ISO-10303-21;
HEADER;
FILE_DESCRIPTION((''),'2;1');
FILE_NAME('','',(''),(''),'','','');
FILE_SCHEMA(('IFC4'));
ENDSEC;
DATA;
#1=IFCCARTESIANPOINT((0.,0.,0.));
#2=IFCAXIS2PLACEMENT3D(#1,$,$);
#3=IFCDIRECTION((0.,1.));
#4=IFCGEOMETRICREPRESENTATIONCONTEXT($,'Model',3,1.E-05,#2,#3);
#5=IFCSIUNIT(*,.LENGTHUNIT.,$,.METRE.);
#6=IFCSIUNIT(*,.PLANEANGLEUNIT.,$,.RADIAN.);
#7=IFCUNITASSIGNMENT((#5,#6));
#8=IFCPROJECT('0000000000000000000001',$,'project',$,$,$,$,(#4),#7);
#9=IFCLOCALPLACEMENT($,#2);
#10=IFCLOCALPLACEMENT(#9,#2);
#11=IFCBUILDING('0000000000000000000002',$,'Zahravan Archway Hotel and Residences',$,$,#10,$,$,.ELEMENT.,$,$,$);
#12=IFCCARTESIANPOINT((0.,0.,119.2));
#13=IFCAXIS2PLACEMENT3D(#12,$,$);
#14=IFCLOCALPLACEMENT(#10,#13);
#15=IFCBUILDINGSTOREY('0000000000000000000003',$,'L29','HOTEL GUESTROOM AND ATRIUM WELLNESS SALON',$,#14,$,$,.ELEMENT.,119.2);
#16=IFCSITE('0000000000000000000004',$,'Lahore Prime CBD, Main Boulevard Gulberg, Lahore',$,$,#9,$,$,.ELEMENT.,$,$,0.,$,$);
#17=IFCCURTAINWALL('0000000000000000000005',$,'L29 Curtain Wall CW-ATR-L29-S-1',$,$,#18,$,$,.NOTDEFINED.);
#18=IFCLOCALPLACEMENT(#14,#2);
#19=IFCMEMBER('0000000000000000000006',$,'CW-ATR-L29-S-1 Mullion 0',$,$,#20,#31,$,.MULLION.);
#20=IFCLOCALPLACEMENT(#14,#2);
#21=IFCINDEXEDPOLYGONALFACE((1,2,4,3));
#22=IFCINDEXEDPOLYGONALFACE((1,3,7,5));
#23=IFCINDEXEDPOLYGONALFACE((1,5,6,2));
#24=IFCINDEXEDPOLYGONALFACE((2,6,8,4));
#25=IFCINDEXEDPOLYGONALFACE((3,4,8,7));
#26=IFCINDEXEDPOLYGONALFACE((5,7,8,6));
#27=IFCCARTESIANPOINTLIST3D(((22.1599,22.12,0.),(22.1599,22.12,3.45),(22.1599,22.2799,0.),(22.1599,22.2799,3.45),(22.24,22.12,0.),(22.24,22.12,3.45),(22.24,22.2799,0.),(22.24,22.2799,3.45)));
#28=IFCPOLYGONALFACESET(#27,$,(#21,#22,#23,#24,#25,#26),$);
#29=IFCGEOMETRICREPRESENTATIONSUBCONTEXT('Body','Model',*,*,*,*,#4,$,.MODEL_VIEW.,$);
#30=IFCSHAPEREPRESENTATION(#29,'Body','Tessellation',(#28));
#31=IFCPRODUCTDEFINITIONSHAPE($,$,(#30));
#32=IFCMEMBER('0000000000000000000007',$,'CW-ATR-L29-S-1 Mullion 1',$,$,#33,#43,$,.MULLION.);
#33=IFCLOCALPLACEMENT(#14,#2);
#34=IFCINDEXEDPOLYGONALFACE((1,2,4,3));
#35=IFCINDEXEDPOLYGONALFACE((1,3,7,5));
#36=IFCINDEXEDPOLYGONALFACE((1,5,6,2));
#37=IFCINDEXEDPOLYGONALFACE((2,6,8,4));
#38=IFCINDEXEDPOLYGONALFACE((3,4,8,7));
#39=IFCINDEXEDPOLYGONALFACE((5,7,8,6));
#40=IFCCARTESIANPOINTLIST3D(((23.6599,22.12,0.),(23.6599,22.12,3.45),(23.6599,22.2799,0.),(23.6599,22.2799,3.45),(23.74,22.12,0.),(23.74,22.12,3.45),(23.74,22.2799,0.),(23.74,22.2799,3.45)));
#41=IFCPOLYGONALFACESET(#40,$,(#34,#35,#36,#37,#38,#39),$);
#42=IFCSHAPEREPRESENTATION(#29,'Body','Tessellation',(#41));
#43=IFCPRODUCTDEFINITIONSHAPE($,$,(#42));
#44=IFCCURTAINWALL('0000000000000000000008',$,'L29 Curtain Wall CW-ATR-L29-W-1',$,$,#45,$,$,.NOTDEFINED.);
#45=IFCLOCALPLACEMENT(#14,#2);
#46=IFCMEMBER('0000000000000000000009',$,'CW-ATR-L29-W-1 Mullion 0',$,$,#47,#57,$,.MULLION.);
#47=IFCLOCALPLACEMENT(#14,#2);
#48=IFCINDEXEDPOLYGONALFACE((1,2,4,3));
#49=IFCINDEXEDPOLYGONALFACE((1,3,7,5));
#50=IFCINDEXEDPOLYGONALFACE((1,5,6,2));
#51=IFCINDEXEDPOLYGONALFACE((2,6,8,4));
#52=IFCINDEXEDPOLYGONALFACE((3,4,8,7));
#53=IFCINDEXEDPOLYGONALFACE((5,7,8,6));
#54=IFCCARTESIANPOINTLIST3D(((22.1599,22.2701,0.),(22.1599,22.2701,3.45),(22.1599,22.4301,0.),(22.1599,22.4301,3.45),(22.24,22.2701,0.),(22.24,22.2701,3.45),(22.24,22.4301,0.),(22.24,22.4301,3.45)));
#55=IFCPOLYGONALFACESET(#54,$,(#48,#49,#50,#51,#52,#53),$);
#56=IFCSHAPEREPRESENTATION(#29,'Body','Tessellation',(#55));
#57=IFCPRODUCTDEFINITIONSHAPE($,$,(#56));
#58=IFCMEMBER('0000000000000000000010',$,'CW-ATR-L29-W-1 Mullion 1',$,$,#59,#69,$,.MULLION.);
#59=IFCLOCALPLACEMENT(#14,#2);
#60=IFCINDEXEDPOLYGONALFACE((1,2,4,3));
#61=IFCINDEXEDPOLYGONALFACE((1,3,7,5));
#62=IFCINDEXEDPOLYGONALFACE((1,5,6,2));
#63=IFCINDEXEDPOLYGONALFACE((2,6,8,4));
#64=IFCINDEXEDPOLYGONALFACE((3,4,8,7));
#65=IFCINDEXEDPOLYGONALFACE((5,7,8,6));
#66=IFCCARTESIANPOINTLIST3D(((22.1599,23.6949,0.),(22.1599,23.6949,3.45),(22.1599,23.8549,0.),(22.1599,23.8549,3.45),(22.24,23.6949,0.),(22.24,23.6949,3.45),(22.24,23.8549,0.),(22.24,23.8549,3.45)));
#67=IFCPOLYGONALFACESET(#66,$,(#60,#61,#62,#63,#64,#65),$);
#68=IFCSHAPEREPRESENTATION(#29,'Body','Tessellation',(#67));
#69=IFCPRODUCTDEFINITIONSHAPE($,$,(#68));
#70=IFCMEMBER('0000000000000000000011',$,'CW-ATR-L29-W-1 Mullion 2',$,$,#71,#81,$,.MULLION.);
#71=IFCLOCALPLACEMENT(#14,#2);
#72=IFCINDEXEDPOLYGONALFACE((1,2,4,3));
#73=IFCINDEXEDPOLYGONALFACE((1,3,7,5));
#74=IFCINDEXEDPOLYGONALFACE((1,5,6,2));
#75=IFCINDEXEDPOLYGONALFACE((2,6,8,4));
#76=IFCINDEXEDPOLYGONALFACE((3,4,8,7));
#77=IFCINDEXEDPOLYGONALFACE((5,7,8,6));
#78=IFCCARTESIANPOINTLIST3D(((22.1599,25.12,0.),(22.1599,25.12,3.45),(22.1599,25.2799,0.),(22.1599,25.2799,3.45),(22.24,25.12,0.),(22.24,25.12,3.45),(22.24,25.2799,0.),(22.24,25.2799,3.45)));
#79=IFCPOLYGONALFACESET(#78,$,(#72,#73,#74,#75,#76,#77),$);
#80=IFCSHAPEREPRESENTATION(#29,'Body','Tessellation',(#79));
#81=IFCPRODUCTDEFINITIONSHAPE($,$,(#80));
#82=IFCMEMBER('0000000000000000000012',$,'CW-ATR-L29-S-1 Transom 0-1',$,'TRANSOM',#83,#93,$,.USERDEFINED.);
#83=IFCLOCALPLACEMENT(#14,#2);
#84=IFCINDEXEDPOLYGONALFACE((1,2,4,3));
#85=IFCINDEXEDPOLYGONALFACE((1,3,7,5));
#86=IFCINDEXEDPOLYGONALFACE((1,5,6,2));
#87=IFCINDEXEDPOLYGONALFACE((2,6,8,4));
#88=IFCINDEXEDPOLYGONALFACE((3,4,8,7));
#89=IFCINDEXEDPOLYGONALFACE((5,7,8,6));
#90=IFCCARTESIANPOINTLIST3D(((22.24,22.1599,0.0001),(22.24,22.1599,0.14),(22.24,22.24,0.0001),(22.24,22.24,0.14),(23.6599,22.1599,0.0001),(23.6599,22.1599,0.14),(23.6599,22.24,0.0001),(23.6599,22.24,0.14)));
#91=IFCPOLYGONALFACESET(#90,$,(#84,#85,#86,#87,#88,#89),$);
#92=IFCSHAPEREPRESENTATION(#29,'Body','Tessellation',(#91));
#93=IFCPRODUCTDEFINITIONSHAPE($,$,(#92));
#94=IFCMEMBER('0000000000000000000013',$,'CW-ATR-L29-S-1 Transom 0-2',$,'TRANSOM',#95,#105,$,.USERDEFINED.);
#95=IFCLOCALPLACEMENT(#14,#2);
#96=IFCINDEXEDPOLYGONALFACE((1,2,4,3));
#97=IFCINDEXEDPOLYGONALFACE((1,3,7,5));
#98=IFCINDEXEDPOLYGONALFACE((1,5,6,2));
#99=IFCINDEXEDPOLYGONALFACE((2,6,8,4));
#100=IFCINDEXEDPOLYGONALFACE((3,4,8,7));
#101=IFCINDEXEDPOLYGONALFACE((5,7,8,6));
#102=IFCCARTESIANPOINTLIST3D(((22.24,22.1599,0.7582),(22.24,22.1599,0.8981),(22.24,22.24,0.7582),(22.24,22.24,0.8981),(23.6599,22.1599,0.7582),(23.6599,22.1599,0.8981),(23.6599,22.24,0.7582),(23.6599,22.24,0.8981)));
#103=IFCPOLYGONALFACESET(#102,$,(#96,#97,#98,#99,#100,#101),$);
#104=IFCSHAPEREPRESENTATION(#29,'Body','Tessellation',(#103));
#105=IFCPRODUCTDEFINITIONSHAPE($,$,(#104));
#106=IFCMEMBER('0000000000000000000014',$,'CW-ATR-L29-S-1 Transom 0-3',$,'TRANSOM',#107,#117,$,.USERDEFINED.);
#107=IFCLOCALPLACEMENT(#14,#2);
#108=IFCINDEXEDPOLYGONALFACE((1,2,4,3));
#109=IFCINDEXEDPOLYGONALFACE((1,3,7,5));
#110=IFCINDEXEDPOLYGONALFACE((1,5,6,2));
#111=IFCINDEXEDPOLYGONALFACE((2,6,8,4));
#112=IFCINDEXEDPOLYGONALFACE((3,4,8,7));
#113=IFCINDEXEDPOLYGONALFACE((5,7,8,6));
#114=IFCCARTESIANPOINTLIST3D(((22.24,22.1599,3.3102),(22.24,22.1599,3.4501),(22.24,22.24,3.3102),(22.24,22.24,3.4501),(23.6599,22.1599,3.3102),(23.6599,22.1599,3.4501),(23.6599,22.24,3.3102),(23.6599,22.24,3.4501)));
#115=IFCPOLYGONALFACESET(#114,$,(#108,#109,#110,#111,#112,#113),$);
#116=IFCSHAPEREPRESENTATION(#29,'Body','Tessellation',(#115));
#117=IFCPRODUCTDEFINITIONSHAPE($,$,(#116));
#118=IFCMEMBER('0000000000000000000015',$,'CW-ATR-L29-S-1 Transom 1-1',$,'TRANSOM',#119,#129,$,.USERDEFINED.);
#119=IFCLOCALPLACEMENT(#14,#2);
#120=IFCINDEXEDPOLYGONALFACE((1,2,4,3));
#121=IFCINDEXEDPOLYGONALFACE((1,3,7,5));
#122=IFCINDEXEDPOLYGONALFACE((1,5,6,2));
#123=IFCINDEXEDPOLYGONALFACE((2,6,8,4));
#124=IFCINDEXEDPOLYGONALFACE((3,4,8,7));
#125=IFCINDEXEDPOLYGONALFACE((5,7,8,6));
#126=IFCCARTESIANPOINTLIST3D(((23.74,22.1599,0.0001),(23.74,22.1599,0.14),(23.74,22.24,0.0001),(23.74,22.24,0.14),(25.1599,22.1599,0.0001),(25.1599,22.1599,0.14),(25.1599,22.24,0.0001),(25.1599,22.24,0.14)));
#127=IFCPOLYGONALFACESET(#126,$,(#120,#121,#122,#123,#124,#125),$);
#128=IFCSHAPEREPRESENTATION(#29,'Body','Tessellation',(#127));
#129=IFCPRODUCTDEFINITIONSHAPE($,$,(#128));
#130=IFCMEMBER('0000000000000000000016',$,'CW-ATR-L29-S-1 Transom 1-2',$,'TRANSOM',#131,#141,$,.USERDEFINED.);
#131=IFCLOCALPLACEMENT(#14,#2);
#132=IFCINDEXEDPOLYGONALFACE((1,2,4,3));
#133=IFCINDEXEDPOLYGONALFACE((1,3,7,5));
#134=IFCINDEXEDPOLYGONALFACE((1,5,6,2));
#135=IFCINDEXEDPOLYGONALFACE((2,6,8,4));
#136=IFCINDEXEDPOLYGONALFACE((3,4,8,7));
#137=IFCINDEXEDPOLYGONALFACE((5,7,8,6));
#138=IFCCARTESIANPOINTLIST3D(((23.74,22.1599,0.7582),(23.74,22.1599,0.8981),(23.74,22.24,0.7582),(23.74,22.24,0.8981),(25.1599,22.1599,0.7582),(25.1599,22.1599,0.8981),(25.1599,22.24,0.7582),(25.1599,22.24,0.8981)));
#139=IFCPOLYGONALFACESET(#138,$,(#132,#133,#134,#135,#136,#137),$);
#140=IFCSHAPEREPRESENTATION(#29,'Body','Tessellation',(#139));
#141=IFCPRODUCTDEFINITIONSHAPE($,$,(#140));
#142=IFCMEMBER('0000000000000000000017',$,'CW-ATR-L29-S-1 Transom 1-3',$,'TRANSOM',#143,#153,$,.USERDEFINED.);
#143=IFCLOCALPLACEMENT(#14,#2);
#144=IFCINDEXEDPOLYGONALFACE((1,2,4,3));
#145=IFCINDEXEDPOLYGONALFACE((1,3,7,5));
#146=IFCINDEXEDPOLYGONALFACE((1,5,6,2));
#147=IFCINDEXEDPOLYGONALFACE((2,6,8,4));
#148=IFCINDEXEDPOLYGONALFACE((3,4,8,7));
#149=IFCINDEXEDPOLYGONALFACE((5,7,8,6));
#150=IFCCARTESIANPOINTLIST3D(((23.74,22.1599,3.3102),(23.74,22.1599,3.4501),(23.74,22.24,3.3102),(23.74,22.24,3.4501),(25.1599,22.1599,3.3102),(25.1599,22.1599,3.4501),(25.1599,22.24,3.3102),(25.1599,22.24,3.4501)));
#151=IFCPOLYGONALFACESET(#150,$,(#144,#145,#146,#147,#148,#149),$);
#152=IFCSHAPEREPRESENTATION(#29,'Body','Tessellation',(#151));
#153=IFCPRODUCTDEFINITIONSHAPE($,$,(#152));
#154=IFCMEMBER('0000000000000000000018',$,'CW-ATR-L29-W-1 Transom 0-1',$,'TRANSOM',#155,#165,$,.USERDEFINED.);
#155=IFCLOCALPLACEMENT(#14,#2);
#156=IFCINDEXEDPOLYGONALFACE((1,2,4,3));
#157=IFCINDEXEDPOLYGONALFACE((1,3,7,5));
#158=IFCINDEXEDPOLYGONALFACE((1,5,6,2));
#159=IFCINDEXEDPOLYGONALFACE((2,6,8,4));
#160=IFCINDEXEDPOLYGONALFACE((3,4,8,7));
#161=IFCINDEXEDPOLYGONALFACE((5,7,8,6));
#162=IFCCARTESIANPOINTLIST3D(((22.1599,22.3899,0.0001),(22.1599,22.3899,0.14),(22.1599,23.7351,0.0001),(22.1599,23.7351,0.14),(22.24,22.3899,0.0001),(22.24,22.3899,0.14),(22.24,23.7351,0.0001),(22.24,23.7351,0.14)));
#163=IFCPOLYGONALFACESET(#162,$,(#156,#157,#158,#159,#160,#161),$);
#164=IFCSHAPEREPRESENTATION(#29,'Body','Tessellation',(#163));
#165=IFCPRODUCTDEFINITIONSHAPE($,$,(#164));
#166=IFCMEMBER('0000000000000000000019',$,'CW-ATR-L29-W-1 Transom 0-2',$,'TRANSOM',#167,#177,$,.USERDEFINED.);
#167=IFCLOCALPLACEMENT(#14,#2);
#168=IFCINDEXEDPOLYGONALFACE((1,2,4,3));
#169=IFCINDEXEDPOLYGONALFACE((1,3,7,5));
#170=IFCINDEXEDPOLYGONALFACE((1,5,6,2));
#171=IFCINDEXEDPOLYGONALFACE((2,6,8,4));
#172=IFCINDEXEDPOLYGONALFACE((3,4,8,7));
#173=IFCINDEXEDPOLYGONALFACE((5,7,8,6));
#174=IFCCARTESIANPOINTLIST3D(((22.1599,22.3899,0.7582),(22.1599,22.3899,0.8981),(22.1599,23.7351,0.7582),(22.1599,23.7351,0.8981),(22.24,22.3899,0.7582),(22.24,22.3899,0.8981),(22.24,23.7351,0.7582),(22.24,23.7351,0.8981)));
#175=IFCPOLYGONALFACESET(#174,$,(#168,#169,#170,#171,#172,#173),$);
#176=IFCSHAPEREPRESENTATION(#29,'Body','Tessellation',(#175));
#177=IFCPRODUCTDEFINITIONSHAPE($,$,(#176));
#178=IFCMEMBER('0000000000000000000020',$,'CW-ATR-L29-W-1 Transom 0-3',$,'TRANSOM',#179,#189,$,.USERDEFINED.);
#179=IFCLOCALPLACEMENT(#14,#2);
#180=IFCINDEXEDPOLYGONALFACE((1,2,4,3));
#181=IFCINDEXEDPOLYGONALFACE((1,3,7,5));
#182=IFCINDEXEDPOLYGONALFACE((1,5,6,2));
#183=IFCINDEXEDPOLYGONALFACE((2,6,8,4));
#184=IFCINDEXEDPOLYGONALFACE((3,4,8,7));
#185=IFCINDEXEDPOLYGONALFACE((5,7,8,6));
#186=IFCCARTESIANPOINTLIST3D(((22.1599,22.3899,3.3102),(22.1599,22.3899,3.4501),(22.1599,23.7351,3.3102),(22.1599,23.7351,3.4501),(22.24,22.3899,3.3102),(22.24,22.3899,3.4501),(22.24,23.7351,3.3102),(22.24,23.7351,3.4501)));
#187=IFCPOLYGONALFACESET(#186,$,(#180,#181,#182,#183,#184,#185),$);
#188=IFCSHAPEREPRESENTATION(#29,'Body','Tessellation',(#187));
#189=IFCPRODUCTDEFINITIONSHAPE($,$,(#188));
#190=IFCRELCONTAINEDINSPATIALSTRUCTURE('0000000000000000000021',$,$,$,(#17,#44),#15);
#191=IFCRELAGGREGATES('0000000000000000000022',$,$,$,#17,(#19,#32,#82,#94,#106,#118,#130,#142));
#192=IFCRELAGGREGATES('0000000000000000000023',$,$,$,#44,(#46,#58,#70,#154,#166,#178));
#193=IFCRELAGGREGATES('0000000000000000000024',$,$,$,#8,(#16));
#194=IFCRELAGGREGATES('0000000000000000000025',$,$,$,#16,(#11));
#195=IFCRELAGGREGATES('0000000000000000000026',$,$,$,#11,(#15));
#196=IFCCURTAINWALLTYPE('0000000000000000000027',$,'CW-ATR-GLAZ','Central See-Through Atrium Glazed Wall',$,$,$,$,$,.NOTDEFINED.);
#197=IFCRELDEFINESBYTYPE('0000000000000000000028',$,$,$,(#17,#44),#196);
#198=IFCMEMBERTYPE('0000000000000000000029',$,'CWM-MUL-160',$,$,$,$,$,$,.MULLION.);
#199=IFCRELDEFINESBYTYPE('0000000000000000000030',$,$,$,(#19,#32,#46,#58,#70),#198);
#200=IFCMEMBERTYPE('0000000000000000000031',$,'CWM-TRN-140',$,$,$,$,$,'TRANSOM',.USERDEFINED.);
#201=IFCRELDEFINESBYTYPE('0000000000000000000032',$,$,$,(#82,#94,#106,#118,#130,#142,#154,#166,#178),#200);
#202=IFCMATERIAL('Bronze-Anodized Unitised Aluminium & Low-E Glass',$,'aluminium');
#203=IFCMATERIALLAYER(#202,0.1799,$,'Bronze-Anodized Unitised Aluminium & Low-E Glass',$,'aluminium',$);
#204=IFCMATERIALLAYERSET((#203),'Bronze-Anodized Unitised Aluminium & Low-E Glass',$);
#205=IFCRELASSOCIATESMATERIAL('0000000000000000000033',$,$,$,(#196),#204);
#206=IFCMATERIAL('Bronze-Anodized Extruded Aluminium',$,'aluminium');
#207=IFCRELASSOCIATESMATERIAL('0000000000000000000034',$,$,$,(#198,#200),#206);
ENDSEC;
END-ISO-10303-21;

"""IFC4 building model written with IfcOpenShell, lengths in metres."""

from ifc_helpers import new_model, si_unit, direction, frame, origin, origin_2d, place, context, subcontext, project, spatial, rectangle, extrude, source, transform, mapped, material, layer, layer_set, material_profile, profile_set, type_object, element, aggregate, save


model = new_model("IFC4")

# Units and contexts
model_context = context("Model", 3, precision=1e-05, world=origin(), true_north=direction((0.0, 1.0)))
body_context = subcontext(model_context, "Body", "Model", "MODEL_VIEW")
ifc_project = project(units=[si_unit("LENGTHUNIT", "METRE"), si_unit("PLANEANGLEUNIT", "RADIAN")], contexts=[model_context])

# Site, building, storey
site_placement = place(None, origin())
site = spatial("IfcSite", under=ifc_project, at=site_placement, Name="Lahore Prime CBD, Main Boulevard Gulberg, Lahore", CompositionType="ELEMENT", RefElevation=0.0)
building_placement = place(site_placement, origin())
building = spatial("IfcBuilding", under=site, at=building_placement, Name="Zahravan Archway Hotel and Residences", CompositionType="ELEMENT")
storey_placement = place(building_placement, frame((0.0, 0.0, 119.2)))
storey = spatial("IfcBuildingStorey", under=building, at=storey_placement, Name="L29", Description="HOTEL GUESTROOM AND ATRIUM WELLNESS SALON", CompositionType="ELEMENT", Elevation=119.2)

# Curtain walls, members
ifc_material_1 = material(Name="Bronze-Anodized Unitised Aluminium & Low-E Glass", Category="aluminium")
ifc_layer_1 = layer(ifc_material_1, 0.1799, Name="Bronze-Anodized Unitised Aluminium & Low-E Glass", Category="aluminium")
ifc_layer_set_1 = layer_set([ifc_layer_1], Name="Bronze-Anodized Unitised Aluminium & Low-E Glass")
curtain_wall_type = type_object("IfcCurtainWallType", Name="CW-ATR-GLAZ", Description="Central See-Through Atrium Glazed Wall", PredefinedType="NOTDEFINED", material=ifc_layer_set_1)
curtain_wall_1_placement = place(storey_placement, origin())
curtain_wall_1 = element("IfcCurtainWall", 1, at=curtain_wall_1_placement, inside=storey, type_object=curtain_wall_type, Name="L29 Curtain Wall CW-ATR-L29-S-1", PredefinedType="NOTDEFINED")
ifc_material_2 = material(Name="Bronze-Anodized Extruded Aluminium", Category="aluminium")
ifc_material_profile_1 = material_profile(ifc_material_2, rectangle(XDim=0.0801, YDim=0.1599, at=origin_2d()), Name="MUL 80x160", Category="aluminium")
ifc_profile_set_1 = profile_set([ifc_material_profile_1], Name="Bronze-Anodized Extruded Aluminium")
member_type_1 = type_object("IfcMemberType", Name="CWM-MUL-160", PredefinedType="MULLION", material=ifc_profile_set_1)
shared_shape_1 = source(origin(), body_context, "Body", "SweptSolid", [
    extrude(rectangle(XDim=0.0801, YDim=0.1599, at=origin_2d()), origin(), (0.0, 0.0, 1.0), 3.45),
])
member_1_placement = place(storey_placement, frame((22.2, 22.2, 0.0), z_axis=(0.0, 0.0, 1.0), x_axis=(1.0, 0.0, 0.0)))
member_1 = element("IfcMember", 2, at=member_1_placement, type_object=member_type_1, Name="CW-ATR-L29-S-1 Mullion 0", PredefinedType="MULLION", context=body_context, shape_type="MappedRepresentation", body=[
    mapped(shared_shape_1, transform((0.0, 0.0, 0.0), scale=1.0)),
])
member_2_placement = place(storey_placement, frame((23.7, 22.2, 0.0), z_axis=(0.0, 0.0, 1.0), x_axis=(1.0, 0.0, 0.0)))
member_2 = element("IfcMember", 3, at=member_2_placement, type_object=member_type_1, Name="CW-ATR-L29-S-1 Mullion 1", PredefinedType="MULLION", context=body_context, shape_type="MappedRepresentation", body=[
    mapped(shared_shape_1, transform((0.0, 0.0, 0.0), scale=1.0)),
])
curtain_wall_2_placement = place(storey_placement, origin())
curtain_wall_2 = element("IfcCurtainWall", 4, at=curtain_wall_2_placement, inside=storey, type_object=curtain_wall_type, Name="L29 Curtain Wall CW-ATR-L29-W-1", PredefinedType="NOTDEFINED")
member_3_placement = place(storey_placement, frame((22.2, 22.3501, 0.0), z_axis=(0.0, 0.0, 1.0), x_axis=(1.0, 0.0, 0.0)))
member_3 = element("IfcMember", 5, at=member_3_placement, type_object=member_type_1, Name="CW-ATR-L29-W-1 Mullion 0", PredefinedType="MULLION", context=body_context, shape_type="MappedRepresentation", body=[
    mapped(shared_shape_1, transform((0.0, 0.0, 0.0), scale=1.0)),
])
member_4_placement = place(storey_placement, frame((22.2, 23.7749, 0.0), z_axis=(0.0, 0.0, 1.0), x_axis=(1.0, 0.0, 0.0)))
member_4 = element("IfcMember", 6, at=member_4_placement, type_object=member_type_1, Name="CW-ATR-L29-W-1 Mullion 1", PredefinedType="MULLION", context=body_context, shape_type="MappedRepresentation", body=[
    mapped(shared_shape_1, transform((0.0, 0.0, 0.0), scale=1.0)),
])
member_5_placement = place(storey_placement, frame((22.2, 25.2, 0.0), z_axis=(0.0, 0.0, 1.0), x_axis=(1.0, 0.0, 0.0)))
member_5 = element("IfcMember", 7, at=member_5_placement, type_object=member_type_1, Name="CW-ATR-L29-W-1 Mullion 2", PredefinedType="MULLION", context=body_context, shape_type="MappedRepresentation", body=[
    mapped(shared_shape_1, transform((0.0, 0.0, 0.0), scale=1.0)),
])

# Members
ifc_material_profile_2 = material_profile(ifc_material_2, rectangle(XDim=0.0801, YDim=0.1399, at=origin_2d()), Name="TRN 80x140", Category="aluminium")
ifc_profile_set_2 = profile_set([ifc_material_profile_2], Name="Bronze-Anodized Extruded Aluminium")
member_type_2 = type_object("IfcMemberType", Name="CWM-TRN-140", ElementType="TRANSOM", PredefinedType="USERDEFINED", material=ifc_profile_set_2)
shared_shape_2 = source(origin(), body_context, "Body", "SweptSolid", [
    extrude(rectangle(XDim=0.0801, YDim=0.1399, at=origin_2d()), origin(), (0.0, 0.0, 1.0), 1.4199),
])
member_6_placement = place(storey_placement, frame((22.24, 22.2, 0.0701), z_axis=(1.0, 0.0, 0.0), x_axis=(0.0, 1.0, 0.0)))
member_6 = element("IfcMember", 8, at=member_6_placement, type_object=member_type_2, Name="CW-ATR-L29-S-1 Transom 0-1", ObjectType="TRANSOM", PredefinedType="USERDEFINED", context=body_context, shape_type="MappedRepresentation", body=[
    mapped(shared_shape_2, transform((0.0, 0.0, 0.0), scale=1.0)),
])
member_7_placement = place(storey_placement, frame((22.24, 22.2, 0.8281), z_axis=(1.0, 0.0, 0.0), x_axis=(0.0, 1.0, 0.0)))
member_7 = element("IfcMember", 9, at=member_7_placement, type_object=member_type_2, Name="CW-ATR-L29-S-1 Transom 0-2", ObjectType="TRANSOM", PredefinedType="USERDEFINED", context=body_context, shape_type="MappedRepresentation", body=[
    mapped(shared_shape_2, transform((0.0, 0.0, 0.0), scale=1.0)),
])
member_8_placement = place(storey_placement, frame((22.24, 22.2, 3.3801), z_axis=(1.0, 0.0, 0.0), x_axis=(0.0, 1.0, 0.0)))
member_8 = element("IfcMember", 10, at=member_8_placement, type_object=member_type_2, Name="CW-ATR-L29-S-1 Transom 0-3", ObjectType="TRANSOM", PredefinedType="USERDEFINED", context=body_context, shape_type="MappedRepresentation", body=[
    mapped(shared_shape_2, transform((0.0, 0.0, 0.0), scale=1.0)),
])
member_9_placement = place(storey_placement, frame((23.74, 22.2, 0.0701), z_axis=(1.0, 0.0, 0.0), x_axis=(0.0, 1.0, 0.0)))
member_9 = element("IfcMember", 11, at=member_9_placement, type_object=member_type_2, Name="CW-ATR-L29-S-1 Transom 1-1", ObjectType="TRANSOM", PredefinedType="USERDEFINED", context=body_context, shape_type="MappedRepresentation", body=[
    mapped(shared_shape_2, transform((0.0, 0.0, 0.0), scale=1.0)),
])
member_10_placement = place(storey_placement, frame((23.74, 22.2, 0.8281), z_axis=(1.0, 0.0, 0.0), x_axis=(0.0, 1.0, 0.0)))
member_10 = element("IfcMember", 12, at=member_10_placement, type_object=member_type_2, Name="CW-ATR-L29-S-1 Transom 1-2", ObjectType="TRANSOM", PredefinedType="USERDEFINED", context=body_context, shape_type="MappedRepresentation", body=[
    mapped(shared_shape_2, transform((0.0, 0.0, 0.0), scale=1.0)),
])
member_11_placement = place(storey_placement, frame((23.74, 22.2, 3.3801), z_axis=(1.0, 0.0, 0.0), x_axis=(0.0, 1.0, 0.0)))
member_11 = element("IfcMember", 13, at=member_11_placement, type_object=member_type_2, Name="CW-ATR-L29-S-1 Transom 1-3", ObjectType="TRANSOM", PredefinedType="USERDEFINED", context=body_context, shape_type="MappedRepresentation", body=[
    mapped(shared_shape_2, transform((0.0, 0.0, 0.0), scale=1.0)),
])
shared_shape_3 = source(origin(), body_context, "Body", "SweptSolid", [
    extrude(rectangle(XDim=0.0801, YDim=0.1399, at=origin_2d()), origin(), (0.0, 0.0, 1.0), 1.3452),
])
member_12_placement = place(storey_placement, frame((22.2, 22.3899, 0.0701), z_axis=(0.0, 1.0, 0.0), x_axis=(-1.0, 0.0, 0.0)))
member_12 = element("IfcMember", 14, at=member_12_placement, type_object=member_type_2, Name="CW-ATR-L29-W-1 Transom 0-1", ObjectType="TRANSOM", PredefinedType="USERDEFINED", context=body_context, shape_type="MappedRepresentation", body=[
    mapped(shared_shape_3, transform((0.0, 0.0, 0.0), scale=1.0)),
])
member_13_placement = place(storey_placement, frame((22.2, 22.3899, 0.8281), z_axis=(0.0, 1.0, 0.0), x_axis=(-1.0, 0.0, 0.0)))
member_13 = element("IfcMember", 15, at=member_13_placement, type_object=member_type_2, Name="CW-ATR-L29-W-1 Transom 0-2", ObjectType="TRANSOM", PredefinedType="USERDEFINED", context=body_context, shape_type="MappedRepresentation", body=[
    mapped(shared_shape_3, transform((0.0, 0.0, 0.0), scale=1.0)),
])
member_14_placement = place(storey_placement, frame((22.2, 22.3899, 3.3801), z_axis=(0.0, 1.0, 0.0), x_axis=(-1.0, 0.0, 0.0)))
member_14 = element("IfcMember", 16, at=member_14_placement, type_object=member_type_2, Name="CW-ATR-L29-W-1 Transom 0-3", ObjectType="TRANSOM", PredefinedType="USERDEFINED", context=body_context, shape_type="MappedRepresentation", body=[
    mapped(shared_shape_3, transform((0.0, 0.0, 0.0), scale=1.0)),
])

aggregate(curtain_wall_1, [member_1, member_2, member_6, member_7, member_8, member_9, member_10, member_11])
aggregate(curtain_wall_2, [member_3, member_4, member_5, member_12, member_13, member_14])

save(model, "model.ifc")
